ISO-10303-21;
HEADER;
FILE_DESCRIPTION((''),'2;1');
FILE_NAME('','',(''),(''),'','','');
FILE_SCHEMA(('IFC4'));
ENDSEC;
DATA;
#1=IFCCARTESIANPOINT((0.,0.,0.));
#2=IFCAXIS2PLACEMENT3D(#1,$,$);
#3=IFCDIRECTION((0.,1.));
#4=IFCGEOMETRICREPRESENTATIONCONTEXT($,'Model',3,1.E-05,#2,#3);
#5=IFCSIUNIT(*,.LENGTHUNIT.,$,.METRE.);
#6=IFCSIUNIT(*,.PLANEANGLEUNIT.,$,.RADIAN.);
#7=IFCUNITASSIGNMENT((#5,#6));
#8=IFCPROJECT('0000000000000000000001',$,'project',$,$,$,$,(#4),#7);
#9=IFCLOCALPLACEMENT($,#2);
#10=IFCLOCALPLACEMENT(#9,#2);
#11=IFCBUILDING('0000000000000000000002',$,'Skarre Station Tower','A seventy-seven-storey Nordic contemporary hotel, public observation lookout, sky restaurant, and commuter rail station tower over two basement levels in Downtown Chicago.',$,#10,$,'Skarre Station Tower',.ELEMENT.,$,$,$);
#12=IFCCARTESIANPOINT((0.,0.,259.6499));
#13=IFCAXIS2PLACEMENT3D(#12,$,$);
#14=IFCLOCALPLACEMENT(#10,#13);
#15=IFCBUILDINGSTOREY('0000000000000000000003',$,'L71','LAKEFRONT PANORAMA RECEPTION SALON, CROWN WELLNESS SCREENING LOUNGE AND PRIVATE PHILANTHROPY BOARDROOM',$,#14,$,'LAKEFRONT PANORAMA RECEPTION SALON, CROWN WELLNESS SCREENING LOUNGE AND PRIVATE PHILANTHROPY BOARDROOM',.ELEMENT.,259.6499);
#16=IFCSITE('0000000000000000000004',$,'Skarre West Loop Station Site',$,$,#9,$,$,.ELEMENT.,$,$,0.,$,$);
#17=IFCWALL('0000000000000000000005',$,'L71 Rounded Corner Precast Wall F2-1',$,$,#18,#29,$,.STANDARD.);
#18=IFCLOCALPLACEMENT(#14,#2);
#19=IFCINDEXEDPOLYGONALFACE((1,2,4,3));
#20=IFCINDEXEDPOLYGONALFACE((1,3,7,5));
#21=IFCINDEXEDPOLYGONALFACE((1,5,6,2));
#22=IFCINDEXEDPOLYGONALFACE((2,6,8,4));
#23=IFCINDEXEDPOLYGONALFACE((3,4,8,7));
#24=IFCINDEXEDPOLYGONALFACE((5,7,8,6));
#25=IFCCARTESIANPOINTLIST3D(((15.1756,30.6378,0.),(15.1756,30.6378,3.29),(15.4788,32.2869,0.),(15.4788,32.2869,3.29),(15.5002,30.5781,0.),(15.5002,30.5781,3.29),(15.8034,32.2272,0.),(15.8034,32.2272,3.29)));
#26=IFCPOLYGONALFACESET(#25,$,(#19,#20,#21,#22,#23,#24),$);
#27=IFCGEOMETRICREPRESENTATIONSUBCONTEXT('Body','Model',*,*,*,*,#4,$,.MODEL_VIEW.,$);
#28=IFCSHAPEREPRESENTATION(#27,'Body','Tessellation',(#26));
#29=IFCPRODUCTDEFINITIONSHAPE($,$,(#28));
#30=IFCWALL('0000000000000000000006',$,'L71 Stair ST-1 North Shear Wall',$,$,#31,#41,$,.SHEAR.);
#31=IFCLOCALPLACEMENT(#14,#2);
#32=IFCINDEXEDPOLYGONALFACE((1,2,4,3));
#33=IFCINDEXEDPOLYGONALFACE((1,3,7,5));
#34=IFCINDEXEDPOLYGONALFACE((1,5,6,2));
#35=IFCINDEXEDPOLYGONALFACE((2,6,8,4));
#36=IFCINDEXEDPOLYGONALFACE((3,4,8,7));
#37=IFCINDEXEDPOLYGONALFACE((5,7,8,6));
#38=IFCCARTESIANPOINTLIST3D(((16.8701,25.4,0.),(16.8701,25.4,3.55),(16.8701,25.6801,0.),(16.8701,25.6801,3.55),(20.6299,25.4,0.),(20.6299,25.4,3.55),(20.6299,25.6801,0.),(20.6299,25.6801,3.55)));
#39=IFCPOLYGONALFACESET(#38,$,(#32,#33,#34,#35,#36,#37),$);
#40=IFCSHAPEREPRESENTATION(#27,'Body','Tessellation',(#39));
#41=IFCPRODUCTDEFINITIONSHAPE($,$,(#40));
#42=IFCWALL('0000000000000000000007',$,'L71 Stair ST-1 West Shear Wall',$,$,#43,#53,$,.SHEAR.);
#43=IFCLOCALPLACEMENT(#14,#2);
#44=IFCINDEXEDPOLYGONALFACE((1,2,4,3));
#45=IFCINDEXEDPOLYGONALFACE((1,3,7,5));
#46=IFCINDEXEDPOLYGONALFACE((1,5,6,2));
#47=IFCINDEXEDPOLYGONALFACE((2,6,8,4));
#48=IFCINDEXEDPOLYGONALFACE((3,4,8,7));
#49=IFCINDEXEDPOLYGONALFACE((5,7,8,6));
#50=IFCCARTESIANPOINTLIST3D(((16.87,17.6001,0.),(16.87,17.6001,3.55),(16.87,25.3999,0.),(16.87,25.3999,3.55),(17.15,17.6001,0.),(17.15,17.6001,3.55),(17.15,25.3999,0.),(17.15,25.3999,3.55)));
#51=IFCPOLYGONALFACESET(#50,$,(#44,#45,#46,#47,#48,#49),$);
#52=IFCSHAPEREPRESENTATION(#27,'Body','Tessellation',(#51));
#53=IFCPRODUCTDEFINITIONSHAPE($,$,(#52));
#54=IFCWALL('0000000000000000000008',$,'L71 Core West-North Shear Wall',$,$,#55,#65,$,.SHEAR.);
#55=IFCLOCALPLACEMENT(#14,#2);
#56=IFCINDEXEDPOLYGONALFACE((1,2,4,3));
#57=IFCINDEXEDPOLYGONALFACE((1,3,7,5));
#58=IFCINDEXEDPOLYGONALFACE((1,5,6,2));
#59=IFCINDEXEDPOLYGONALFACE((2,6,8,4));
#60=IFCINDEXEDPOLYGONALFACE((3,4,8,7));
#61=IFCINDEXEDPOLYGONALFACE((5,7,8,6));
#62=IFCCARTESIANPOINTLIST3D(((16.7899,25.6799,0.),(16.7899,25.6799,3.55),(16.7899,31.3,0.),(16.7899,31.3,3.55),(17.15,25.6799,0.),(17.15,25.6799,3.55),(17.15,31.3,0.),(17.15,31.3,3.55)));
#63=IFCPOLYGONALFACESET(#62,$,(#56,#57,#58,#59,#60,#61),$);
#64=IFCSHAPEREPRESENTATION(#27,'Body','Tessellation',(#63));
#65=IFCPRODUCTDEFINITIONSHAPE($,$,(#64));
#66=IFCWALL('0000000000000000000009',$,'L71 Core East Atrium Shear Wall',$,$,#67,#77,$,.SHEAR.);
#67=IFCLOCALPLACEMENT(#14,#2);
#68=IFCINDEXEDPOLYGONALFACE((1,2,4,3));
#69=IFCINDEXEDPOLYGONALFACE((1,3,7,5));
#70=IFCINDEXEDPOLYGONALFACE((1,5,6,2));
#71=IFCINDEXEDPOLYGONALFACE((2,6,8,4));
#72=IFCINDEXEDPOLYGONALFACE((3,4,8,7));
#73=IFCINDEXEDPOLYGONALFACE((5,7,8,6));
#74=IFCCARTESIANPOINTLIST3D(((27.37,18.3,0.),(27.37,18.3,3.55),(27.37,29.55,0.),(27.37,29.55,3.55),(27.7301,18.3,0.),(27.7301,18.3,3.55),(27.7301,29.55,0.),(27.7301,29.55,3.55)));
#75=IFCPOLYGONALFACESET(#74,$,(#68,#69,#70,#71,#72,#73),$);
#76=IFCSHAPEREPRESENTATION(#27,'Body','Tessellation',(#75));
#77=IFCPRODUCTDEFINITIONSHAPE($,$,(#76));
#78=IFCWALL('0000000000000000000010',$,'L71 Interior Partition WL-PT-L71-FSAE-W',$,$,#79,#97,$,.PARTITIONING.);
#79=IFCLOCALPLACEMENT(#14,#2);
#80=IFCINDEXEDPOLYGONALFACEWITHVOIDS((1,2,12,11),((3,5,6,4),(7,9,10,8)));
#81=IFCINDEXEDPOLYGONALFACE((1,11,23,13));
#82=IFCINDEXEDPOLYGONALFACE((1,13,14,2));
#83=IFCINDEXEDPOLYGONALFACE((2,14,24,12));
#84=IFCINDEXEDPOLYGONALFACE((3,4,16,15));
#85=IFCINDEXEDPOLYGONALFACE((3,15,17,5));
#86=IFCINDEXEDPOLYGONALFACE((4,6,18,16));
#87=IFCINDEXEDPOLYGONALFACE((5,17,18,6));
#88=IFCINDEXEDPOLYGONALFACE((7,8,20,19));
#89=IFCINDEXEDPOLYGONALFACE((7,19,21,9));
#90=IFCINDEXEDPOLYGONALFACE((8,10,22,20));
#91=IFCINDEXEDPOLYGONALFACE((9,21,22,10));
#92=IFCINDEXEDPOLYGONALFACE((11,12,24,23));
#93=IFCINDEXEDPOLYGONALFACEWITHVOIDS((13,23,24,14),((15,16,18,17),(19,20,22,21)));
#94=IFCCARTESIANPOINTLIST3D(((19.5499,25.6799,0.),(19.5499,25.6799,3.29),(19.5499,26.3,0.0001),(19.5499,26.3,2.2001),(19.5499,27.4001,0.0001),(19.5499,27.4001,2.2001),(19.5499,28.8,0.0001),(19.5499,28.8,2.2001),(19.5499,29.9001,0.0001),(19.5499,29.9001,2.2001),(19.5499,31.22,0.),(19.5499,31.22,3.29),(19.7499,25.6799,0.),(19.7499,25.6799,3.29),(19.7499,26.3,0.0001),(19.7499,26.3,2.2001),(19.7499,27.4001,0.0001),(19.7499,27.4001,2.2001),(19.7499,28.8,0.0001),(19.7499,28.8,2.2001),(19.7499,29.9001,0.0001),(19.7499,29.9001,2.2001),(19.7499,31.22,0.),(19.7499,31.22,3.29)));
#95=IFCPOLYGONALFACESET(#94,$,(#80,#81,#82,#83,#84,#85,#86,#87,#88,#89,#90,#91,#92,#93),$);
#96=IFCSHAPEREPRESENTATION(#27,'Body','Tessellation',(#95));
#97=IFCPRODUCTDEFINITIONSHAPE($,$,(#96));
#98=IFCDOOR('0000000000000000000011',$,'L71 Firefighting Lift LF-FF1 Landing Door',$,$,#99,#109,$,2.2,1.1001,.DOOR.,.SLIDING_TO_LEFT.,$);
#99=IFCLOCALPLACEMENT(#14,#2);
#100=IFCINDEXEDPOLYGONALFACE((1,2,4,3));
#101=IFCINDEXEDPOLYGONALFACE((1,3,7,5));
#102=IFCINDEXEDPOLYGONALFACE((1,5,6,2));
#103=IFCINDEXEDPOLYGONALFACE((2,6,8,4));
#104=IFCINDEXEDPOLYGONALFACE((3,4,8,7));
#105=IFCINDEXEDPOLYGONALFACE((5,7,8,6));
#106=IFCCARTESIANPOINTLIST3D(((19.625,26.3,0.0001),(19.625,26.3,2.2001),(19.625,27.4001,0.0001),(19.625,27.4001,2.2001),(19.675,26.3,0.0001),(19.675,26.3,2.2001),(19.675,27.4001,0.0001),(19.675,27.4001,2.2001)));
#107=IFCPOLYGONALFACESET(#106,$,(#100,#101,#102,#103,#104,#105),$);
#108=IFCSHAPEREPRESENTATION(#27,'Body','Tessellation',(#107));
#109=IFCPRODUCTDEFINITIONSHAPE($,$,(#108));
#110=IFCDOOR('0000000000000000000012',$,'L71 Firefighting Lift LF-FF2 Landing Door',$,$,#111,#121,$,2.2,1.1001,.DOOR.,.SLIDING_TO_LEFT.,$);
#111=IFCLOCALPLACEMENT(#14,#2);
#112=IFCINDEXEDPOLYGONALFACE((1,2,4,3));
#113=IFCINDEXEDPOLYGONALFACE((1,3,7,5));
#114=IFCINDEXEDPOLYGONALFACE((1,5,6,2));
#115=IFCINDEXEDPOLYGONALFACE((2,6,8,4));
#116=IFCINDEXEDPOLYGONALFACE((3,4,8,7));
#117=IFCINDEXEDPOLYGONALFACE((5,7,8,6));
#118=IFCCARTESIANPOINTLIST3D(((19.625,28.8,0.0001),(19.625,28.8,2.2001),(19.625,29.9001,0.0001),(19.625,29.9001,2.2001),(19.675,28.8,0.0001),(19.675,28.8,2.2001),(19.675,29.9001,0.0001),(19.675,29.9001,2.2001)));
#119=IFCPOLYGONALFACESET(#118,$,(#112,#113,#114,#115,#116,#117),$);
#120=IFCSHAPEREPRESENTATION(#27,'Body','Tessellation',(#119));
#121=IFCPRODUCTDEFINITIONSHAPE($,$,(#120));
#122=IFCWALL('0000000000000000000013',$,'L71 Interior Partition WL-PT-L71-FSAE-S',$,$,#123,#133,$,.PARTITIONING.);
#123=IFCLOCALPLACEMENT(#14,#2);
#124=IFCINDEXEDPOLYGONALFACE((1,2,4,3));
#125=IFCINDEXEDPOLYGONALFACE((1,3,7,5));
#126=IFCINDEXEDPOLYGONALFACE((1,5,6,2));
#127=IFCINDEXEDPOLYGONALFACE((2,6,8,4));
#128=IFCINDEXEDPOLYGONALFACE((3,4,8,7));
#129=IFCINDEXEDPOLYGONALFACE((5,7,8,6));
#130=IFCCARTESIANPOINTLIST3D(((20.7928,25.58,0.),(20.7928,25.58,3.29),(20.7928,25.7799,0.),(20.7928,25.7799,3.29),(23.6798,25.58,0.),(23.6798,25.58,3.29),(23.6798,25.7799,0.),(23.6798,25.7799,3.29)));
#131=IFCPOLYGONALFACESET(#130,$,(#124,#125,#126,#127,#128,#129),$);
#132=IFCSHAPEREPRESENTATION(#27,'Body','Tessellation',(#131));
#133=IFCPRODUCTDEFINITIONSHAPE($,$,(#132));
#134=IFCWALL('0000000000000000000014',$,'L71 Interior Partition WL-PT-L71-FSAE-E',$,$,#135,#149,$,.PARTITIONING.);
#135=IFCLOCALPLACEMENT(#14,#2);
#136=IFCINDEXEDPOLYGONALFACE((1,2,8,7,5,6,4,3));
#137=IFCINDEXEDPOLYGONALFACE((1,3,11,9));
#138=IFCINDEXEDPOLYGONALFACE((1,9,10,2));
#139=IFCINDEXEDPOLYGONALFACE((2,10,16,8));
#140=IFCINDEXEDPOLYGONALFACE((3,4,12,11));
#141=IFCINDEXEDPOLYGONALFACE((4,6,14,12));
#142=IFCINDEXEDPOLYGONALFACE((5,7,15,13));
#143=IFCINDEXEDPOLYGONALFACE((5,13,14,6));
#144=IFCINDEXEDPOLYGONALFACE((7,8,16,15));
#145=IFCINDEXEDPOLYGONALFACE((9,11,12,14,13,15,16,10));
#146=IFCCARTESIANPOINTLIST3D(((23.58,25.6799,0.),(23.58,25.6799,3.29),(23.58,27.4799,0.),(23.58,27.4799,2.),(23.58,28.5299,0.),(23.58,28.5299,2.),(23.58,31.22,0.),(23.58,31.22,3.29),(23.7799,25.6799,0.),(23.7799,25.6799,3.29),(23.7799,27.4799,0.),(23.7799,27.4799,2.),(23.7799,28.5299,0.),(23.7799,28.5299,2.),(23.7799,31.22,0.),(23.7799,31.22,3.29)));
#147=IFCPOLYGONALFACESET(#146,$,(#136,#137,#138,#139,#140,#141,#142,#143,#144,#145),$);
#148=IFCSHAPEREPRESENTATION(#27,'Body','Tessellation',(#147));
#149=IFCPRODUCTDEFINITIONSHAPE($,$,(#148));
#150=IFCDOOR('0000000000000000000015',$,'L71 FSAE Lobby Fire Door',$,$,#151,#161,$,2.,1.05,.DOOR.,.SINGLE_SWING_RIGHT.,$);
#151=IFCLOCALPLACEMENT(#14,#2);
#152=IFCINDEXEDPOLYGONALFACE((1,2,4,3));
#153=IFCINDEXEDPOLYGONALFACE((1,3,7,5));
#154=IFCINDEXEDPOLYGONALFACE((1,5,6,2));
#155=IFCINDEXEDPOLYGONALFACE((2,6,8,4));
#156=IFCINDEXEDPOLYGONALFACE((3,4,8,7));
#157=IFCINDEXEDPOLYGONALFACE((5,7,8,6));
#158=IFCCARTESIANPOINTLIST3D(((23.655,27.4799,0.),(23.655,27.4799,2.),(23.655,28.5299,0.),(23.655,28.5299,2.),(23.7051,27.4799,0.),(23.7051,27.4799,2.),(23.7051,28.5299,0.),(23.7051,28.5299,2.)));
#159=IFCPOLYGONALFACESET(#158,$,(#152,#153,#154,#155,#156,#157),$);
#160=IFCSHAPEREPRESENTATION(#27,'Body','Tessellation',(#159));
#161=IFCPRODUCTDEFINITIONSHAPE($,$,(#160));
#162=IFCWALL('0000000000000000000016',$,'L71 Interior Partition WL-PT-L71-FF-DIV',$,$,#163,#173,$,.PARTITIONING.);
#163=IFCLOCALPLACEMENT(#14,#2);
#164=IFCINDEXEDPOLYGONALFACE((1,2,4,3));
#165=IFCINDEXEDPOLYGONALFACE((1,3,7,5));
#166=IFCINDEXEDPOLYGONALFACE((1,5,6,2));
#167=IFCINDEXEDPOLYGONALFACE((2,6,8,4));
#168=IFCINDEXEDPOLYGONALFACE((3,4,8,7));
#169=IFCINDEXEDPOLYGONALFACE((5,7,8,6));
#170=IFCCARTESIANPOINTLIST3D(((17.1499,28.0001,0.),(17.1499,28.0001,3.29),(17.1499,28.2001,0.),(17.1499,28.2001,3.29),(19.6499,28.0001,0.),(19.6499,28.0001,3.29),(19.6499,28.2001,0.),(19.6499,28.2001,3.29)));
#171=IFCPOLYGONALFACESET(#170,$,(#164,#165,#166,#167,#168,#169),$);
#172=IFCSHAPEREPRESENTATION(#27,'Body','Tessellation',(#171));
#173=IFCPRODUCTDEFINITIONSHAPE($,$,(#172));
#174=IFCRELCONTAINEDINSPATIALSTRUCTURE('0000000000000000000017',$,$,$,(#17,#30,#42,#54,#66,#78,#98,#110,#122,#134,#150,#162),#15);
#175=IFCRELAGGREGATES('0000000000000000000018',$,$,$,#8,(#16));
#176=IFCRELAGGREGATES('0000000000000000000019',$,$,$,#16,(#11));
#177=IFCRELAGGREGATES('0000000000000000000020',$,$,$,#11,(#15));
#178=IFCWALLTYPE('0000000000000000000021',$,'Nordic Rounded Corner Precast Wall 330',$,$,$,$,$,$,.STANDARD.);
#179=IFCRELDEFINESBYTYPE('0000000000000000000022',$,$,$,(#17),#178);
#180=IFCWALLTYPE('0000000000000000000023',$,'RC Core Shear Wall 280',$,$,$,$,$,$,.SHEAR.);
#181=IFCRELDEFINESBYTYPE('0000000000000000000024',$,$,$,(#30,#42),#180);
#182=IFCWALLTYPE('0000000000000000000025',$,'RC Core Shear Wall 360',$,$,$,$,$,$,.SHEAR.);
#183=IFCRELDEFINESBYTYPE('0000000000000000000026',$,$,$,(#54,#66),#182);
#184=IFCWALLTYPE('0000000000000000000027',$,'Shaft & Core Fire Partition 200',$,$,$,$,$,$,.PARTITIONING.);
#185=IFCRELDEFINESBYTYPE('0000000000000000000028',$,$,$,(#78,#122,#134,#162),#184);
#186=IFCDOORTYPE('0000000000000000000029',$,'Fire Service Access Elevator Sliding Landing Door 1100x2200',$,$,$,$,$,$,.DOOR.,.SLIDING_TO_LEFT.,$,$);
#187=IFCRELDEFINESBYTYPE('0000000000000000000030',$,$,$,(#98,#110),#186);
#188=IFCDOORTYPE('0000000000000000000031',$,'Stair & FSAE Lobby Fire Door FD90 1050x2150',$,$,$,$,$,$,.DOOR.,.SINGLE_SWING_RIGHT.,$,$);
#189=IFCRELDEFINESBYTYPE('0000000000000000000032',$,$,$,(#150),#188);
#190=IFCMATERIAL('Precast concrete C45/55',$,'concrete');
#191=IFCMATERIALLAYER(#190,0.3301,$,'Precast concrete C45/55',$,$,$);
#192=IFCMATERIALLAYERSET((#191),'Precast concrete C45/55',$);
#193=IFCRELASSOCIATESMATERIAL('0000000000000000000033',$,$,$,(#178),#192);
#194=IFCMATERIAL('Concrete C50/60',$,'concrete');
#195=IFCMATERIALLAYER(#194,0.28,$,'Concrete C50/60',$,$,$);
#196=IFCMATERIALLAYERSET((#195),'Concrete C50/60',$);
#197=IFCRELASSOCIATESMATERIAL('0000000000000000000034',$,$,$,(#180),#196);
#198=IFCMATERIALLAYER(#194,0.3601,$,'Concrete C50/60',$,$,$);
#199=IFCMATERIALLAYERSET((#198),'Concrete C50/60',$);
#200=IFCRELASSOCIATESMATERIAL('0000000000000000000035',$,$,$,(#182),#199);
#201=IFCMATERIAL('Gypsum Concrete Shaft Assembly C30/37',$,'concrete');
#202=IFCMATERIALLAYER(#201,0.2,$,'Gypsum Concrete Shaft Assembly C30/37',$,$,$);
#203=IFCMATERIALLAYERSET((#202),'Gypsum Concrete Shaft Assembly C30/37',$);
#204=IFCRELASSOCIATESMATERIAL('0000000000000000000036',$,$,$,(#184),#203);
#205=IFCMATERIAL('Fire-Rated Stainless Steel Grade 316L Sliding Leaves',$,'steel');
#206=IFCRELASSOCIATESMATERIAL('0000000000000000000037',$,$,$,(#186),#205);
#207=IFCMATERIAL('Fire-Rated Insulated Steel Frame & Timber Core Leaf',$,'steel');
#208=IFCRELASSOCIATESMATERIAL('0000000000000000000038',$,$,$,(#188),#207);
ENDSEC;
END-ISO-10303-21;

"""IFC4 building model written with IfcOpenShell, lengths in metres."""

from ifc_helpers import new_model, si_unit, direction, frame, frame_2d, origin, place, context, subcontext, project, spatial, rectangle, extrude, material, layer, layer_set, type_object, element, fill, save


model = new_model("IFC4")

# Units and contexts
model_context = context("Model", 3, precision=1e-05, world=origin(), true_north=direction((0.0, 1.0)))
body_context = subcontext(model_context, "Body", "Model", "MODEL_VIEW")
ifc_project = project(units=[si_unit("LENGTHUNIT", "METRE"), si_unit("PLANEANGLEUNIT", "RADIAN")], contexts=[model_context])

# Site, building, storey
site_placement = place(None, origin())
site = spatial("IfcSite", under=ifc_project, at=site_placement, Name="Skarre West Loop Station Site", CompositionType="ELEMENT", RefElevation=0.0)
building_placement = place(site_placement, origin())
building = spatial("IfcBuilding", under=site, at=building_placement, Name="Skarre Station Tower", Description="A seventy-seven-storey Nordic contemporary hotel, public observation lookout, sky restaurant, and commuter rail station tower over two basement levels in Downtown Chicago.", LongName="Skarre Station Tower", CompositionType="ELEMENT")
storey_placement = place(building_placement, frame((0.0, 0.0, 259.6499)))
storey = spatial("IfcBuildingStorey", under=building, at=storey_placement, Name="L71", Description="LAKEFRONT PANORAMA RECEPTION SALON, CROWN WELLNESS SCREENING LOUNGE AND PRIVATE PHILANTHROPY BOARDROOM", LongName="LAKEFRONT PANORAMA RECEPTION SALON, CROWN WELLNESS SCREENING LOUNGE AND PRIVATE PHILANTHROPY BOARDROOM", CompositionType="ELEMENT", Elevation=259.6499)

# Shared definitions
ifc_material_1 = material(Name="Concrete C50/60", Category="concrete")

# Walls
ifc_material_2 = material(Name="Precast concrete C45/55", Category="concrete")
ifc_layer_1 = layer(ifc_material_2, 0.3301, Name="Precast concrete C45/55")
ifc_layer_set_1 = layer_set([ifc_layer_1], Name="Precast concrete C45/55")
wall_type_1 = type_object("IfcWallType", Name="Nordic Rounded Corner Precast Wall 330", PredefinedType="STANDARD", material=ifc_layer_set_1)
wall_1_placement = place(storey_placement, frame((15.3379, 30.6079, 0.0), z_axis=(0.0, 0.0, 1.0), x_axis=(0.180833, 0.983514, 0.0)))
element("IfcWall", 1, at=wall_1_placement, inside=storey, type_object=wall_type_1, Name="L71 Rounded Corner Precast Wall F2-1", PredefinedType="STANDARD", context=body_context, shape_type="SweptSolid", body=[
    extrude(rectangle(XDim=1.6768, YDim=0.3301, at=frame_2d((0.8384, 0.0))), origin(), (0.0, 0.0, 1.0), 3.29),
])
ifc_layer_2 = layer(ifc_material_1, 0.28, Name="Concrete C50/60")
ifc_layer_set_2 = layer_set([ifc_layer_2], Name="Concrete C50/60")
wall_type_2 = type_object("IfcWallType", Name="RC Core Shear Wall 280", PredefinedType="SHEAR", material=ifc_layer_set_2)
wall_2_placement = place(storey_placement, frame((20.6299, 25.54, 0.0), z_axis=(0.0, 0.0, 1.0), x_axis=(-1.0, 0.0, 0.0)))
element("IfcWall", 2, at=wall_2_placement, inside=storey, type_object=wall_type_2, Name="L71 Stair ST-1 North Shear Wall", PredefinedType="SHEAR", context=body_context, shape_type="SweptSolid", body=[
    extrude(rectangle(XDim=3.7598, YDim=0.28, at=frame_2d((1.8799, 0.0))), origin(), (0.0, 0.0, 1.0), 3.55),
])
wall_3_placement = place(storey_placement, frame((17.01, 25.3999, 0.0), z_axis=(0.0, 0.0, 1.0), x_axis=(0.0, -1.0, 0.0)))
element("IfcWall", 3, at=wall_3_placement, inside=storey, type_object=wall_type_2, Name="L71 Stair ST-1 West Shear Wall", PredefinedType="SHEAR", context=body_context, shape_type="SweptSolid", body=[
    extrude(rectangle(XDim=7.7998, YDim=0.28, at=frame_2d((3.8999, 0.0))), origin(), (0.0, 0.0, 1.0), 3.55),
])
ifc_layer_3 = layer(ifc_material_1, 0.3601, Name="Concrete C50/60")
ifc_layer_set_3 = layer_set([ifc_layer_3], Name="Concrete C50/60")
wall_type_3 = type_object("IfcWallType", Name="RC Core Shear Wall 360", PredefinedType="SHEAR", material=ifc_layer_set_3)
wall_4_placement = place(storey_placement, frame((16.97, 25.6799, 0.0), z_axis=(0.0, 0.0, 1.0), x_axis=(0.0, 1.0, 0.0)))
element("IfcWall", 4, at=wall_4_placement, inside=storey, type_object=wall_type_3, Name="L71 Core West-North Shear Wall", PredefinedType="SHEAR", context=body_context, shape_type="SweptSolid", body=[
    extrude(rectangle(XDim=5.6201, YDim=0.3601, at=frame_2d((2.8101, 0.0))), origin(), (0.0, 0.0, 1.0), 3.55),
])
wall_5_placement = place(storey_placement, frame((27.55, 29.55, 0.0), z_axis=(0.0, 0.0, 1.0), x_axis=(0.0, -1.0, 0.0)))
element("IfcWall", 5, at=wall_5_placement, inside=storey, type_object=wall_type_3, Name="L71 Core East Atrium Shear Wall", PredefinedType="SHEAR", context=body_context, shape_type="SweptSolid", body=[
    extrude(rectangle(XDim=11.25, YDim=0.3601, at=frame_2d((5.625, 0.0))), origin(), (0.0, 0.0, 1.0), 3.55),
])

# Wall, openings, doors
ifc_material_3 = material(Name="Gypsum Concrete Shaft Assembly C30/37", Category="concrete")
ifc_layer_4 = layer(ifc_material_3, 0.2, Name="Gypsum Concrete Shaft Assembly C30/37")
ifc_layer_set_4 = layer_set([ifc_layer_4], Name="Gypsum Concrete Shaft Assembly C30/37")
wall_type_4 = type_object("IfcWallType", Name="Shaft & Core Fire Partition 200", PredefinedType="PARTITIONING", material=ifc_layer_set_4)
wall_6_placement = place(storey_placement, frame((19.6499, 25.6799, 0.0), z_axis=(0.0, 0.0, 1.0), x_axis=(0.0, 1.0, 0.0)))
wall_6 = element("IfcWall", 6, at=wall_6_placement, inside=storey, type_object=wall_type_4, Name="L71 Interior Partition WL-PT-L71-FSAE-W", PredefinedType="PARTITIONING", context=body_context, shape_type="SweptSolid", body=[
    extrude(rectangle(XDim=5.54, YDim=0.2, at=frame_2d((2.77, 0.0))), origin(), (0.0, 0.0, 1.0), 3.29),
])
opening_1_placement = place(wall_6_placement, frame((0.6201, 0.0, 0.0)))
opening_1 = element("IfcOpeningElement", 7, at=opening_1_placement, cuts=wall_6, PredefinedType="OPENING", context=body_context, shape_type="SweptSolid", body=[
    extrude(rectangle(XDim=1.1001, YDim=2.2, at=frame_2d((0.55, 1.1001))), frame((0.0, 0.1099, 0.0), z_axis=(0.0, -1.0, 0.0), x_axis=(1.0, 0.0, 0.0)), (0.0, 0.0, 1.0), 0.22),
])
opening_2_placement = place(wall_6_placement, frame((3.1201, 0.0, 0.0)))
opening_2 = element("IfcOpeningElement", 8, at=opening_2_placement, cuts=wall_6, PredefinedType="OPENING", context=body_context, shape_type="SweptSolid", body=[
    extrude(rectangle(XDim=1.1001, YDim=2.2, at=frame_2d((0.55, 1.1001))), frame((0.0, 0.1099, 0.0), z_axis=(0.0, -1.0, 0.0), x_axis=(1.0, 0.0, 0.0)), (0.0, 0.0, 1.0), 0.22),
])
ifc_material_4 = material(Name="Fire-Rated Stainless Steel Grade 316L Sliding Leaves", Category="steel")
door_type_1 = type_object("IfcDoorType", Name="Fire Service Access Elevator Sliding Landing Door 1100x2200", OperationType="SLIDING_TO_LEFT", PredefinedType="DOOR", material=ifc_material_4)
door_1_placement = place(opening_1_placement, origin())
door_1 = element("IfcDoor", 9, at=door_1_placement, inside=storey, type_object=door_type_1, Name="L71 Firefighting Lift LF-FF1 Landing Door", OperationType="SLIDING_TO_LEFT", OverallHeight=2.2, OverallWidth=1.1001, PredefinedType="DOOR", context=body_context, shape_type="SweptSolid", body=[
    extrude(rectangle(XDim=1.1001, YDim=2.2, at=frame_2d((0.55, 1.1001))), frame((0.0, 0.0249, 0.0), z_axis=(0.0, -1.0, 0.0), x_axis=(1.0, 0.0, 0.0)), (0.0, 0.0, 1.0), 0.05),
])
fill(opening_1, door_1)
door_2_placement = place(opening_2_placement, origin())
door_2 = element("IfcDoor", 10, at=door_2_placement, inside=storey, type_object=door_type_1, Name="L71 Firefighting Lift LF-FF2 Landing Door", OperationType="SLIDING_TO_LEFT", OverallHeight=2.2, OverallWidth=1.1001, PredefinedType="DOOR", context=body_context, shape_type="SweptSolid", body=[
    extrude(rectangle(XDim=1.1001, YDim=2.2, at=frame_2d((0.55, 1.1001))), frame((0.0, 0.0249, 0.0), z_axis=(0.0, -1.0, 0.0), x_axis=(1.0, 0.0, 0.0)), (0.0, 0.0, 1.0), 0.05),
])
fill(opening_2, door_2)

# Wall
wall_7_placement = place(storey_placement, frame((20.793, 25.6799, 0.0), z_axis=(0.0, 0.0, 1.0), x_axis=(1.0, 0.0, 0.0)))
element("IfcWall", 11, at=wall_7_placement, inside=storey, type_object=wall_type_4, Name="L71 Interior Partition WL-PT-L71-FSAE-S", PredefinedType="PARTITIONING", context=body_context, shape_type="SweptSolid", body=[
    extrude(rectangle(XDim=2.887, YDim=0.2, at=frame_2d((1.4434, 0.0))), origin(), (0.0, 0.0, 1.0), 3.29),
])

# Wall, opening, door
wall_8_placement = place(storey_placement, frame((23.6799, 25.6799, 0.0), z_axis=(0.0, 0.0, 1.0), x_axis=(0.0, 1.0, 0.0)))
wall_8 = element("IfcWall", 12, at=wall_8_placement, inside=storey, type_object=wall_type_4, Name="L71 Interior Partition WL-PT-L71-FSAE-E", PredefinedType="PARTITIONING", context=body_context, shape_type="SweptSolid", body=[
    extrude(rectangle(XDim=5.54, YDim=0.2, at=frame_2d((2.77, 0.0))), origin(), (0.0, 0.0, 1.0), 3.29),
])
opening_3_placement = place(wall_8_placement, frame((1.8, 0.0, 0.0)))
opening_3 = element("IfcOpeningElement", 13, at=opening_3_placement, cuts=wall_8, PredefinedType="OPENING", context=body_context, shape_type="SweptSolid", body=[
    extrude(rectangle(XDim=1.05, YDim=2.0, at=frame_2d((0.5249, 1.0))), frame((0.0, 0.1099, 0.0), z_axis=(0.0, -1.0, 0.0), x_axis=(1.0, 0.0, 0.0)), (0.0, 0.0, 1.0), 0.22),
])
ifc_material_5 = material(Name="Fire-Rated Insulated Steel Frame & Timber Core Leaf", Category="steel")
door_type_2 = type_object("IfcDoorType", Name="Stair & FSAE Lobby Fire Door FD90 1050x2150", OperationType="SINGLE_SWING_RIGHT", PredefinedType="DOOR", material=ifc_material_5)
door_3_placement = place(opening_3_placement, origin())
door_3 = element("IfcDoor", 14, at=door_3_placement, inside=storey, type_object=door_type_2, Name="L71 FSAE Lobby Fire Door", OperationType="SINGLE_SWING_RIGHT", OverallHeight=2.0, OverallWidth=1.05, PredefinedType="DOOR", context=body_context, shape_type="SweptSolid", body=[
    extrude(rectangle(XDim=1.05, YDim=2.0, at=frame_2d((0.5249, 1.0))), frame((0.0, 0.0249, 0.0), z_axis=(0.0, -1.0, 0.0), x_axis=(1.0, 0.0, 0.0)), (0.0, 0.0, 1.0), 0.05),
])
fill(opening_3, door_3)

# Wall
wall_9_placement = place(storey_placement, frame((17.1499, 28.1001, 0.0), z_axis=(0.0, 0.0, 1.0), x_axis=(1.0, 0.0, 0.0)))
element("IfcWall", 15, at=wall_9_placement, inside=storey, type_object=wall_type_4, Name="L71 Interior Partition WL-PT-L71-FF-DIV", PredefinedType="PARTITIONING", context=body_context, shape_type="SweptSolid", body=[
    extrude(rectangle(XDim=2.5, YDim=0.2, at=frame_2d((1.25, 0.0))), origin(), (0.0, 0.0, 1.0), 3.29),
])

save(model, "model.ifc")
